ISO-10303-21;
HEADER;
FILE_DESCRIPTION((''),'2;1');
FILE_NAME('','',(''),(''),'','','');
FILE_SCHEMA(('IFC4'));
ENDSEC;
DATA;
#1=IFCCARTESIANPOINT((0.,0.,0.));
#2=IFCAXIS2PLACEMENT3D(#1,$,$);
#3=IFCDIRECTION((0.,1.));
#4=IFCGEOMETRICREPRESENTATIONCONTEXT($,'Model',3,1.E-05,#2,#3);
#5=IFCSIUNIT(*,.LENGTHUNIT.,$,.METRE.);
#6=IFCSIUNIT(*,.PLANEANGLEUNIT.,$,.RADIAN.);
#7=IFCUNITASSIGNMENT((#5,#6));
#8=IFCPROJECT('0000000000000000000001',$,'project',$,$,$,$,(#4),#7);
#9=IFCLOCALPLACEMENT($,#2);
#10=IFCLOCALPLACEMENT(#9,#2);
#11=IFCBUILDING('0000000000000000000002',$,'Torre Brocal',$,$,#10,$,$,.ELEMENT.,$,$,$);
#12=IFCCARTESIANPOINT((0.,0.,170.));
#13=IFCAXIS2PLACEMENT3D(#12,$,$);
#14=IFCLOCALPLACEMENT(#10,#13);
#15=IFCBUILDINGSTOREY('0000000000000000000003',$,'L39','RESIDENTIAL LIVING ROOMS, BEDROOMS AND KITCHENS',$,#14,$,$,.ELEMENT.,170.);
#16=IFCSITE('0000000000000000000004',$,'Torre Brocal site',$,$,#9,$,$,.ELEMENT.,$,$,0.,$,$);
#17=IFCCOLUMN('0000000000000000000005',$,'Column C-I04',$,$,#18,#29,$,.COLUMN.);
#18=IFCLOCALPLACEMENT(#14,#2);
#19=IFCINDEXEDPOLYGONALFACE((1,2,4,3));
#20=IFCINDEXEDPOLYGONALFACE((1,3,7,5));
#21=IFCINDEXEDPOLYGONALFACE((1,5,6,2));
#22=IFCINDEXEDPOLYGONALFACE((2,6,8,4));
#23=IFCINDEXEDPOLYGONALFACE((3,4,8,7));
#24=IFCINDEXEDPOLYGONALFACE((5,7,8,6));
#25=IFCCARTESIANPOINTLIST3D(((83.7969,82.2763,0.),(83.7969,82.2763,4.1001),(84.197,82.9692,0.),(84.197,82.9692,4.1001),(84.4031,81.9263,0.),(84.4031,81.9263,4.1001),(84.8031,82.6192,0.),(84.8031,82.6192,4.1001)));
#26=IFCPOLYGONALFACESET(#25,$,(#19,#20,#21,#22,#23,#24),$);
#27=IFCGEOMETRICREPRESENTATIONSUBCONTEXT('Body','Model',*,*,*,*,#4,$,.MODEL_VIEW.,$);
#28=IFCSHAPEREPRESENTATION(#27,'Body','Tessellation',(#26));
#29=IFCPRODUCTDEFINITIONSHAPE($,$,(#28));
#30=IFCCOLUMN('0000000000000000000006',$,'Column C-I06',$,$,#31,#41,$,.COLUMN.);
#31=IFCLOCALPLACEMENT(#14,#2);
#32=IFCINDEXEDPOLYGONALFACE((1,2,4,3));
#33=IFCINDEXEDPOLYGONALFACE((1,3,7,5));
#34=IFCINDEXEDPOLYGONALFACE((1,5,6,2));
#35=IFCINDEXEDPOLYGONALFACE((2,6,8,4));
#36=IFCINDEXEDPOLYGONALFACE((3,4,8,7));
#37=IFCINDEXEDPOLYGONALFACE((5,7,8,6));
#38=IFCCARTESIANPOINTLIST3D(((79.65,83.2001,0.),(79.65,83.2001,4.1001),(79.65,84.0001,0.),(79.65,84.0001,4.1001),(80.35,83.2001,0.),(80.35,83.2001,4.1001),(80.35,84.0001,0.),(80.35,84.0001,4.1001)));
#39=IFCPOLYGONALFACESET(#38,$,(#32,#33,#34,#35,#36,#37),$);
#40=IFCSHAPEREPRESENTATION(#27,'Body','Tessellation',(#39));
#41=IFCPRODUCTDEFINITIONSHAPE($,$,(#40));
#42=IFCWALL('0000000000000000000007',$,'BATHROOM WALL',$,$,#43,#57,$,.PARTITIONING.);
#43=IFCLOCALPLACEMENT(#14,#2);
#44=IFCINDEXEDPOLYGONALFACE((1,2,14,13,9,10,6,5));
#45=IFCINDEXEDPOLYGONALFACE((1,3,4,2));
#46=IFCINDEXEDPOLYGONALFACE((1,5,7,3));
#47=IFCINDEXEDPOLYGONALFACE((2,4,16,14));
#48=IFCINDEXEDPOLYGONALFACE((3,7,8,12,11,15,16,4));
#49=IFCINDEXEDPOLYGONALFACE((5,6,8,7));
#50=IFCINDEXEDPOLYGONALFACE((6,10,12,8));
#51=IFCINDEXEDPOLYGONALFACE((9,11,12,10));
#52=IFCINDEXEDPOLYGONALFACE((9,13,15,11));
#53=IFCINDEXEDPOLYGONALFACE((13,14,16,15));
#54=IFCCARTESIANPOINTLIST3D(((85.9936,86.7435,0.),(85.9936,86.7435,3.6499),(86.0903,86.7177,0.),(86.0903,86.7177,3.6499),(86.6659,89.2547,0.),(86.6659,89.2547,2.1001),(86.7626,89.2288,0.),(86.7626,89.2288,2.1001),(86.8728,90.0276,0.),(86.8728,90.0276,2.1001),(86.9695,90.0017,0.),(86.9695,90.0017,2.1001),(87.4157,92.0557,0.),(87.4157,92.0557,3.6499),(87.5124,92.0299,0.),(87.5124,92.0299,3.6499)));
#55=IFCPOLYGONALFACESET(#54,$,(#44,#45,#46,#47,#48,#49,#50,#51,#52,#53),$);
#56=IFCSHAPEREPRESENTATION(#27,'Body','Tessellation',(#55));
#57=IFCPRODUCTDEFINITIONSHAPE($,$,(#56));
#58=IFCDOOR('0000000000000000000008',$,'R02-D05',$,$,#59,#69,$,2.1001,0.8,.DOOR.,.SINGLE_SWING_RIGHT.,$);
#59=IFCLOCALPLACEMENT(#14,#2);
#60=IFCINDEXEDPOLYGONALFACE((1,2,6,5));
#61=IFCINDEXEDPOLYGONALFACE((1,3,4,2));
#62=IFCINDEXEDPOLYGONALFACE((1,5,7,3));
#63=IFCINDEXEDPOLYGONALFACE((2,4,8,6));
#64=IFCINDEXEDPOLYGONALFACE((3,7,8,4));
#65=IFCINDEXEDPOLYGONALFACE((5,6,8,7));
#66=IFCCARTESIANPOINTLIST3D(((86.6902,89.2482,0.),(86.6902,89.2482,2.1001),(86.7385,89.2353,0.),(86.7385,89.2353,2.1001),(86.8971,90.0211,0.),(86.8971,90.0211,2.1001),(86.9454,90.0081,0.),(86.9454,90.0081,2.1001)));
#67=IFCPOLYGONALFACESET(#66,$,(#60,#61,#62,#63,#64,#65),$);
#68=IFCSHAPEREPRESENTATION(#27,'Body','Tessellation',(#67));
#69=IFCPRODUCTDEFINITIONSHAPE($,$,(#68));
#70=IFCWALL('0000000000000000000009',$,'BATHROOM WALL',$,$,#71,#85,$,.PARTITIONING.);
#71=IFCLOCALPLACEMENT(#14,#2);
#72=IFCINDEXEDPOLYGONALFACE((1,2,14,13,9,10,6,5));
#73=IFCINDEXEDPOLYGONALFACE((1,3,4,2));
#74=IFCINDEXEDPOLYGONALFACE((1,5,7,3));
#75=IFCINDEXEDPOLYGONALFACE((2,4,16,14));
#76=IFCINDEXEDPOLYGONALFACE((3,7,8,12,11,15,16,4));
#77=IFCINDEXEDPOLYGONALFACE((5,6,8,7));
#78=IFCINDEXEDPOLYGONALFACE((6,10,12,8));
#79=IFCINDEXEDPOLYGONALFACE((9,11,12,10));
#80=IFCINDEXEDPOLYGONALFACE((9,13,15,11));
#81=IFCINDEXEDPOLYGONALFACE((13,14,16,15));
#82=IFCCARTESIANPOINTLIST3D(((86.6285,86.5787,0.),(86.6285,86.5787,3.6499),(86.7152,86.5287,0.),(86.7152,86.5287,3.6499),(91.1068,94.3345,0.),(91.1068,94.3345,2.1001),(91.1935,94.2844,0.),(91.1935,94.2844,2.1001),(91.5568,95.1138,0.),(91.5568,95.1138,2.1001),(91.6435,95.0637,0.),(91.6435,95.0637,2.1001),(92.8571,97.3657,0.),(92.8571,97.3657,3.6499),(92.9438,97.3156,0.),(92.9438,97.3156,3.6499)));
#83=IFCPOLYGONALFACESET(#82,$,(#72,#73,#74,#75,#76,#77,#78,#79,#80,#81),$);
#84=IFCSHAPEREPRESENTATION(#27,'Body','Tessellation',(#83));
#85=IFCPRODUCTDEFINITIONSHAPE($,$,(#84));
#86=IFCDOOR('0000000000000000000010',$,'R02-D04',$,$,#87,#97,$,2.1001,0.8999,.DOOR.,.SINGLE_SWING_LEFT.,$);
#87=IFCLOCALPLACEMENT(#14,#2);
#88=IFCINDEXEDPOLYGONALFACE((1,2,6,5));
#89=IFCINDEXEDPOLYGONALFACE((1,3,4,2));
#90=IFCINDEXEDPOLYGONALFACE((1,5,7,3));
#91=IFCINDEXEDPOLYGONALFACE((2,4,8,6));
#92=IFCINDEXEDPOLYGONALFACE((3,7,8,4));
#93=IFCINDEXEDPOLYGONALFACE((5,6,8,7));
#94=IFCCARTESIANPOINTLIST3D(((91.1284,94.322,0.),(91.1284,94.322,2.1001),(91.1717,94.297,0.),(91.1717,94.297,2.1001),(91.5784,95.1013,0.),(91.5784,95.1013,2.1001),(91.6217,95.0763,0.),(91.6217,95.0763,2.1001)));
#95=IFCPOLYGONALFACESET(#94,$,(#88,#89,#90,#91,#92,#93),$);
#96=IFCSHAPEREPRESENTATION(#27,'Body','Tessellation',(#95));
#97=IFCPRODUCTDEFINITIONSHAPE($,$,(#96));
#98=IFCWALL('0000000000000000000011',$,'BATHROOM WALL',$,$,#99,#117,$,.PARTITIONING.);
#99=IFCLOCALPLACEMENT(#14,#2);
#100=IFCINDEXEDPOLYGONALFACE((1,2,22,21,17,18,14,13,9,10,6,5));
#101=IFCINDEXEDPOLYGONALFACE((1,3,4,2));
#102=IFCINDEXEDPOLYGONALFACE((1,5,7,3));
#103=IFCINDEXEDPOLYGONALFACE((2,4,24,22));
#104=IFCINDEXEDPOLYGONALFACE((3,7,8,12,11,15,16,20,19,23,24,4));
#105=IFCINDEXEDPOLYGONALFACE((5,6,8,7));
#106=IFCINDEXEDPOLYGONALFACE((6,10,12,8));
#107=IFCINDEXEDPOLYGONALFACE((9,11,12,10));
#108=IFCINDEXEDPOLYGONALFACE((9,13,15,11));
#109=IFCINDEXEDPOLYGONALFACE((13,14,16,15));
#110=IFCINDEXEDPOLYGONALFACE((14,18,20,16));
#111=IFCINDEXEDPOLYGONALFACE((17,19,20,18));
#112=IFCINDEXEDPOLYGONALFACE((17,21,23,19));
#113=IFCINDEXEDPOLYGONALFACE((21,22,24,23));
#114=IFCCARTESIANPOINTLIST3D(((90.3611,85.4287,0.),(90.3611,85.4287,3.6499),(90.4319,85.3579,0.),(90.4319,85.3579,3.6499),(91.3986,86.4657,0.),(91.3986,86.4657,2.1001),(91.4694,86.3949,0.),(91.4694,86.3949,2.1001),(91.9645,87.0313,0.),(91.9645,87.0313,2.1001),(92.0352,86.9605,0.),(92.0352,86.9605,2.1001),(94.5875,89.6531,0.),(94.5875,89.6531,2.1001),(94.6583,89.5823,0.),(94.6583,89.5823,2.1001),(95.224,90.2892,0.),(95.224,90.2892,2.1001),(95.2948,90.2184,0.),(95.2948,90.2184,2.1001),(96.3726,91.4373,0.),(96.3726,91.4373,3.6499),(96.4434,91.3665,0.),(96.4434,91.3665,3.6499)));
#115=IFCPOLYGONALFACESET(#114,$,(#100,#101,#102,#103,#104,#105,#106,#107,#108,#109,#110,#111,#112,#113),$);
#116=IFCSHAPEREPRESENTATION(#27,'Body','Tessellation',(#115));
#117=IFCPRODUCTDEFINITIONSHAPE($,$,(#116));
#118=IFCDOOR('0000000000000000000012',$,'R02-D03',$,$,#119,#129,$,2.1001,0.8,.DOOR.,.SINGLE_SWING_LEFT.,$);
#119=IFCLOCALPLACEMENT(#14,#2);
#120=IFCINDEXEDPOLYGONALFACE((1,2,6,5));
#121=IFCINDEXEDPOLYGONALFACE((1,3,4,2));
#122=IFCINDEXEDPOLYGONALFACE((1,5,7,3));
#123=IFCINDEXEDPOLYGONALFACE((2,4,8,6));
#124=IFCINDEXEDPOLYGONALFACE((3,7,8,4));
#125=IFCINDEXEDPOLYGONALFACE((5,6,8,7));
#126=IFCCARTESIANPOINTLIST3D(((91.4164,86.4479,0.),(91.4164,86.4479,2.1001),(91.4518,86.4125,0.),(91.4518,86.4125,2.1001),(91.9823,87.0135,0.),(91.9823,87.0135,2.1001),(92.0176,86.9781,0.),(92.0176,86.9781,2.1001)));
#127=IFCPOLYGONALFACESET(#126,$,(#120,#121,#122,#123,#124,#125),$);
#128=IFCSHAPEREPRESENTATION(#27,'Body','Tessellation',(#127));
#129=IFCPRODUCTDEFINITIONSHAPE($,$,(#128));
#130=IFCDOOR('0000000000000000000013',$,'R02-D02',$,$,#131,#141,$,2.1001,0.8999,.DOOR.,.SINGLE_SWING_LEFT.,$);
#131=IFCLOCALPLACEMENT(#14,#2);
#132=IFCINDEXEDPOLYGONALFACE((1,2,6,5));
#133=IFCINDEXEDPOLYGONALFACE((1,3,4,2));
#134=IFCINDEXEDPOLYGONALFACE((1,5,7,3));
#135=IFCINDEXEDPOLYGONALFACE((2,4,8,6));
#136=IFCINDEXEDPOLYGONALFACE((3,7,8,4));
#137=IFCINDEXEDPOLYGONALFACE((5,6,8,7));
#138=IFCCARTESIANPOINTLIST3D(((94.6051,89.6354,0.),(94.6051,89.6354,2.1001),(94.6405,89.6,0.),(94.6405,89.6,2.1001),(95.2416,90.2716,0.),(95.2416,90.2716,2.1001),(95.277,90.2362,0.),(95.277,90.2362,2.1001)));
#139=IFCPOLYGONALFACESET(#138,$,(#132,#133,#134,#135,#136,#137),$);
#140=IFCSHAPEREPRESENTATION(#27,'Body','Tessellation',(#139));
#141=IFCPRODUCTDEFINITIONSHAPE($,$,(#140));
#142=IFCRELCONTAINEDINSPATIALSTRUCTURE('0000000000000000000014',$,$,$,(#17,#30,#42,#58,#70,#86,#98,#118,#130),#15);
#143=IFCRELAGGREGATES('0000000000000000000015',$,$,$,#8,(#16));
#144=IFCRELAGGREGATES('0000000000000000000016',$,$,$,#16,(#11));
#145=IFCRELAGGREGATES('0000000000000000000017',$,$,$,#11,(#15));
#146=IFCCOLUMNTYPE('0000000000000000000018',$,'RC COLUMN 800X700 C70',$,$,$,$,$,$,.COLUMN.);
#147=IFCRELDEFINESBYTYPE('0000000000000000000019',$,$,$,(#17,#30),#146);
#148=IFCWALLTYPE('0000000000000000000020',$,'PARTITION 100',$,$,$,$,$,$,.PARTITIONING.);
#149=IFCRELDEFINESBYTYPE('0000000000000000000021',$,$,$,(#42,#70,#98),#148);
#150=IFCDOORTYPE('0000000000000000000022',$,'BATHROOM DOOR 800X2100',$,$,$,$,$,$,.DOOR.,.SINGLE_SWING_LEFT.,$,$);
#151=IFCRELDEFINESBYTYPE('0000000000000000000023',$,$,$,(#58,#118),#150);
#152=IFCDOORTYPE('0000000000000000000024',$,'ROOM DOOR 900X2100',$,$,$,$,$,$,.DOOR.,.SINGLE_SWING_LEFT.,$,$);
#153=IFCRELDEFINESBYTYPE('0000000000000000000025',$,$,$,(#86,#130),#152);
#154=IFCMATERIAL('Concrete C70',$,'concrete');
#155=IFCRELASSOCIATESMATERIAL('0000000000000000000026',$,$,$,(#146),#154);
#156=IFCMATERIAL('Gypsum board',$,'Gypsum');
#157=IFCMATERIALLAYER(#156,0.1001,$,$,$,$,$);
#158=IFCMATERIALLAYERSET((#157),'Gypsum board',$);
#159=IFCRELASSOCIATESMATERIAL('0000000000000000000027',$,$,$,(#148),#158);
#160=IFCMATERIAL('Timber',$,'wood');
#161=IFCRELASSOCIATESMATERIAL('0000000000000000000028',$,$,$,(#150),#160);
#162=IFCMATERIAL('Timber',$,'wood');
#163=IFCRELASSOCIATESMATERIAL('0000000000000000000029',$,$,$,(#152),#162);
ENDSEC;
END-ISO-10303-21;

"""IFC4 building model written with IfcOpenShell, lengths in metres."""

from ifc_helpers import new_model, si_unit, direction, frame, frame_2d, origin, origin_2d, place, context, subcontext, project, spatial, rectangle, extrude, material, layer, layer_set, material_profile, profile_set, type_object, element, fill, save


model = new_model("IFC4")

# Units and contexts
model_context = context("Model", 3, precision=1e-05, world=origin(), true_north=direction((0.0, 1.0)))
body_context = subcontext(model_context, "Body", "Model", "MODEL_VIEW")
ifc_project = project(units=[si_unit("LENGTHUNIT", "METRE"), si_unit("PLANEANGLEUNIT", "RADIAN")], contexts=[model_context])

# Site, building, storey
site_placement = place(None, origin())
site = spatial("IfcSite", under=ifc_project, at=site_placement, Name="Torre Brocal site", CompositionType="ELEMENT", RefElevation=0.0)
building_placement = place(site_placement, origin())
building = spatial("IfcBuilding", under=site, at=building_placement, Name="Torre Brocal", CompositionType="ELEMENT")
storey_placement = place(building_placement, frame((0.0, 0.0, 170.0)))
storey = spatial("IfcBuildingStorey", under=building, at=storey_placement, Name="L39", Description="RESIDENTIAL LIVING ROOMS, BEDROOMS AND KITCHENS", CompositionType="ELEMENT", Elevation=170.0)

# Columns
ifc_material_1 = material(Name="Concrete C70", Category="concrete")
ifc_material_profile = material_profile(ifc_material_1, rectangle(XDim=0.8, YDim=0.7, at=origin_2d()), Name="RC 800X700")
ifc_profile_set = profile_set([ifc_material_profile], Name="Concrete C70")
column_type = type_object("IfcColumnType", Name="RC COLUMN 800X700 C70", PredefinedType="COLUMN", material=ifc_profile_set)
for number, where, z_axis, x_axis, name in (
    (1, (84.3, 82.4478, 0.0), (0.0, 0.0, 1.0), (0.5, 0.866025, 0.0), "Column C-I04"),
    (2, (80.0, 83.6001, 0.0), (0.0, 0.0, 1.0), (0.0, 1.0, 0.0), "Column C-I06"),
):
    element("IfcColumn", number, at=place(storey_placement, frame(where, z_axis=z_axis, x_axis=x_axis)), inside=storey, type_object=column_type, Name=name, PredefinedType="COLUMN", context=body_context, shape_type="SweptSolid", body=[
        extrude(rectangle(XDim=0.8, YDim=0.7, at=origin_2d()), origin(), (0.0, 0.0, 1.0), 4.1001),
    ])

# Walls, openings, doors
ifc_material_2 = material(Name="Gypsum board", Category="Gypsum")
ifc_layer_1 = layer(ifc_material_2, 0.1001)
ifc_layer_set_1 = layer_set([ifc_layer_1], Name="Gypsum board")
wall_type_1 = type_object("IfcWallType", Name="PARTITION 100", PredefinedType="PARTITIONING", material=ifc_layer_set_1)
wall_1_placement = place(storey_placement, frame((86.042, 86.7307, 0.0), z_axis=(0.0, 0.0, 1.0), x_axis=(0.258599, 0.965985, 0.0)))
wall_1 = element("IfcWall", 3, at=wall_1_placement, inside=storey, type_object=wall_type_1, Name="BATHROOM WALL", PredefinedType="PARTITIONING", context=body_context, shape_type="SweptSolid", body=[
    extrude(rectangle(XDim=5.4993, YDim=0.1001, at=frame_2d((2.7495, 0.0))), origin(), (0.0, 0.0, 1.0), 3.6499),
])
opening_1_placement = place(wall_1_placement, frame((2.5996, 0.0, 0.0)))
opening_1 = element("IfcOpeningElement", 4, at=opening_1_placement, cuts=wall_1, PredefinedType="OPENING", context=body_context, shape_type="SweptSolid", body=[
    extrude(rectangle(XDim=0.8, YDim=2.1001, at=frame_2d((0.3999, 1.05))), frame((0.0, 0.0601, 0.0), z_axis=(0.0, -1.0, 0.0), x_axis=(1.0, 0.0, 0.0)), (0.0, 0.0, 1.0), 0.1201),
])
ifc_material_3 = material(Name="Timber", Category="wood")
door_type_1 = type_object("IfcDoorType", Name="BATHROOM DOOR 800X2100", OperationType="SINGLE_SWING_LEFT", PredefinedType="DOOR", material=ifc_material_3)
door_1_placement = place(opening_1_placement, origin())
door_1 = element("IfcDoor", 5, at=door_1_placement, inside=storey, type_object=door_type_1, Name="R02-D05", OperationType="SINGLE_SWING_RIGHT", OverallHeight=2.1001, OverallWidth=0.8, PredefinedType="DOOR", context=body_context, shape_type="SweptSolid", body=[
    extrude(rectangle(XDim=0.8, YDim=2.1001, at=frame_2d((0.3999, 1.05))), frame((0.0, 0.0249, 0.0), z_axis=(0.0, -1.0, 0.0), x_axis=(1.0, 0.0, 0.0)), (0.0, 0.0, 1.0), 0.05),
])
fill(opening_1, door_1)
wall_2_placement = place(storey_placement, frame((86.6719, 86.5537, 0.0), z_axis=(0.0, 0.0, 1.0), x_axis=(0.500043, 0.866001, 0.0)))
wall_2 = element("IfcWall", 6, at=wall_2_placement, inside=storey, type_object=wall_type_1, Name="BATHROOM WALL", PredefinedType="PARTITIONING", context=body_context, shape_type="SweptSolid", body=[
    extrude(rectangle(XDim=12.4561, YDim=0.1001, at=frame_2d((6.228, 0.0))), origin(), (0.0, 0.0, 1.0), 3.6499),
])
opening_2_placement = place(wall_2_placement, frame((8.9558, 0.0, 0.0)))
opening_2 = element("IfcOpeningElement", 7, at=opening_2_placement, cuts=wall_2, PredefinedType="OPENING", context=body_context, shape_type="SweptSolid", body=[
    extrude(rectangle(XDim=0.8999, YDim=2.1001, at=frame_2d((0.45, 1.05))), frame((0.0, 0.0601, 0.0), z_axis=(0.0, -1.0, 0.0), x_axis=(1.0, 0.0, 0.0)), (0.0, 0.0, 1.0), 0.1201),
])
ifc_material_4 = material(Name="Timber", Category="wood")
door_type_2 = type_object("IfcDoorType", Name="ROOM DOOR 900X2100", OperationType="SINGLE_SWING_LEFT", PredefinedType="DOOR", material=ifc_material_4)
door_2_placement = place(opening_2_placement, frame((0.8999, 0.0, 0.0), z_axis=(0.0, 0.0, 1.0), x_axis=(-1.0, 0.0, 0.0)))
door_2 = element("IfcDoor", 8, at=door_2_placement, inside=storey, type_object=door_type_2, Name="R02-D04", OperationType="SINGLE_SWING_LEFT", OverallHeight=2.1001, OverallWidth=0.8999, PredefinedType="DOOR", context=body_context, shape_type="SweptSolid", body=[
    extrude(rectangle(XDim=0.8999, YDim=2.1001, at=frame_2d((0.45, 1.05))), frame((0.0, 0.0249, 0.0), z_axis=(0.0, -1.0, 0.0), x_axis=(1.0, 0.0, 0.0)), (0.0, 0.0, 1.0), 0.05),
])
fill(opening_2, door_2)

# Wall, openings, doors
wall_3_placement = place(storey_placement, frame((90.3965, 85.3933, 0.0), z_axis=(0.0, 0.0, 1.0), x_axis=(0.707279, 0.706934, 0.0)))
wall_3 = element("IfcWall", 9, at=wall_3_placement, inside=storey, type_object=wall_type_1, Name="BATHROOM WALL", PredefinedType="PARTITIONING", context=body_context, shape_type="SweptSolid", body=[
    extrude(rectangle(XDim=8.4995, YDim=0.1001, at=frame_2d((4.2498, 0.0))), origin(), (0.0, 0.0, 1.0), 3.6499),
])
opening_3_placement = place(wall_3_placement, frame((5.9756, 0.0, 0.0)))
opening_3 = element("IfcOpeningElement", 10, at=opening_3_placement, cuts=wall_3, PredefinedType="OPENING", context=body_context, shape_type="SweptSolid", body=[
    extrude(rectangle(XDim=0.8999, YDim=2.1001, at=frame_2d((0.45, 1.05))), frame((0.0, 0.0601, 0.0), z_axis=(0.0, -1.0, 0.0), x_axis=(1.0, 0.0, 0.0)), (0.0, 0.0, 1.0), 0.1201),
])
opening_4_placement = place(wall_3_placement, frame((1.467, 0.0, 0.0)))
opening_4 = element("IfcOpeningElement", 11, at=opening_4_placement, cuts=wall_3, PredefinedType="OPENING", context=body_context, shape_type="SweptSolid", body=[
    extrude(rectangle(XDim=0.8, YDim=2.1001, at=frame_2d((0.3999, 1.05))), frame((0.0, 0.0601, 0.0), z_axis=(0.0, -1.0, 0.0), x_axis=(1.0, 0.0, 0.0)), (0.0, 0.0, 1.0), 0.1201),
])
door_3_placement = place(opening_4_placement, origin())
door_3 = element("IfcDoor", 12, at=door_3_placement, inside=storey, type_object=door_type_1, Name="R02-D03", OperationType="SINGLE_SWING_LEFT", OverallHeight=2.1001, OverallWidth=0.8, PredefinedType="DOOR", context=body_context, shape_type="SweptSolid", body=[
    extrude(rectangle(XDim=0.8, YDim=2.1001, at=frame_2d((0.3999, 1.05))), frame((0.0, 0.0249, 0.0), z_axis=(0.0, -1.0, 0.0), x_axis=(1.0, 0.0, 0.0)), (0.0, 0.0, 1.0), 0.05),
])
fill(opening_4, door_3)
door_4_placement = place(opening_3_placement, frame((0.8999, 0.0, 0.0), z_axis=(0.0, 0.0, 1.0), x_axis=(-1.0, 0.0, 0.0)))
door_4 = element("IfcDoor", 13, at=door_4_placement, inside=storey, type_object=door_type_2, Name="R02-D02", OperationType="SINGLE_SWING_LEFT", OverallHeight=2.1001, OverallWidth=0.8999, PredefinedType="DOOR", context=body_context, shape_type="SweptSolid", body=[
    extrude(rectangle(XDim=0.8999, YDim=2.1001, at=frame_2d((0.45, 1.05))), frame((0.0, 0.0249, 0.0), z_axis=(0.0, -1.0, 0.0), x_axis=(1.0, 0.0, 0.0)), (0.0, 0.0, 1.0), 0.05),
])
fill(opening_3, door_4)

save(model, "model.ifc")
